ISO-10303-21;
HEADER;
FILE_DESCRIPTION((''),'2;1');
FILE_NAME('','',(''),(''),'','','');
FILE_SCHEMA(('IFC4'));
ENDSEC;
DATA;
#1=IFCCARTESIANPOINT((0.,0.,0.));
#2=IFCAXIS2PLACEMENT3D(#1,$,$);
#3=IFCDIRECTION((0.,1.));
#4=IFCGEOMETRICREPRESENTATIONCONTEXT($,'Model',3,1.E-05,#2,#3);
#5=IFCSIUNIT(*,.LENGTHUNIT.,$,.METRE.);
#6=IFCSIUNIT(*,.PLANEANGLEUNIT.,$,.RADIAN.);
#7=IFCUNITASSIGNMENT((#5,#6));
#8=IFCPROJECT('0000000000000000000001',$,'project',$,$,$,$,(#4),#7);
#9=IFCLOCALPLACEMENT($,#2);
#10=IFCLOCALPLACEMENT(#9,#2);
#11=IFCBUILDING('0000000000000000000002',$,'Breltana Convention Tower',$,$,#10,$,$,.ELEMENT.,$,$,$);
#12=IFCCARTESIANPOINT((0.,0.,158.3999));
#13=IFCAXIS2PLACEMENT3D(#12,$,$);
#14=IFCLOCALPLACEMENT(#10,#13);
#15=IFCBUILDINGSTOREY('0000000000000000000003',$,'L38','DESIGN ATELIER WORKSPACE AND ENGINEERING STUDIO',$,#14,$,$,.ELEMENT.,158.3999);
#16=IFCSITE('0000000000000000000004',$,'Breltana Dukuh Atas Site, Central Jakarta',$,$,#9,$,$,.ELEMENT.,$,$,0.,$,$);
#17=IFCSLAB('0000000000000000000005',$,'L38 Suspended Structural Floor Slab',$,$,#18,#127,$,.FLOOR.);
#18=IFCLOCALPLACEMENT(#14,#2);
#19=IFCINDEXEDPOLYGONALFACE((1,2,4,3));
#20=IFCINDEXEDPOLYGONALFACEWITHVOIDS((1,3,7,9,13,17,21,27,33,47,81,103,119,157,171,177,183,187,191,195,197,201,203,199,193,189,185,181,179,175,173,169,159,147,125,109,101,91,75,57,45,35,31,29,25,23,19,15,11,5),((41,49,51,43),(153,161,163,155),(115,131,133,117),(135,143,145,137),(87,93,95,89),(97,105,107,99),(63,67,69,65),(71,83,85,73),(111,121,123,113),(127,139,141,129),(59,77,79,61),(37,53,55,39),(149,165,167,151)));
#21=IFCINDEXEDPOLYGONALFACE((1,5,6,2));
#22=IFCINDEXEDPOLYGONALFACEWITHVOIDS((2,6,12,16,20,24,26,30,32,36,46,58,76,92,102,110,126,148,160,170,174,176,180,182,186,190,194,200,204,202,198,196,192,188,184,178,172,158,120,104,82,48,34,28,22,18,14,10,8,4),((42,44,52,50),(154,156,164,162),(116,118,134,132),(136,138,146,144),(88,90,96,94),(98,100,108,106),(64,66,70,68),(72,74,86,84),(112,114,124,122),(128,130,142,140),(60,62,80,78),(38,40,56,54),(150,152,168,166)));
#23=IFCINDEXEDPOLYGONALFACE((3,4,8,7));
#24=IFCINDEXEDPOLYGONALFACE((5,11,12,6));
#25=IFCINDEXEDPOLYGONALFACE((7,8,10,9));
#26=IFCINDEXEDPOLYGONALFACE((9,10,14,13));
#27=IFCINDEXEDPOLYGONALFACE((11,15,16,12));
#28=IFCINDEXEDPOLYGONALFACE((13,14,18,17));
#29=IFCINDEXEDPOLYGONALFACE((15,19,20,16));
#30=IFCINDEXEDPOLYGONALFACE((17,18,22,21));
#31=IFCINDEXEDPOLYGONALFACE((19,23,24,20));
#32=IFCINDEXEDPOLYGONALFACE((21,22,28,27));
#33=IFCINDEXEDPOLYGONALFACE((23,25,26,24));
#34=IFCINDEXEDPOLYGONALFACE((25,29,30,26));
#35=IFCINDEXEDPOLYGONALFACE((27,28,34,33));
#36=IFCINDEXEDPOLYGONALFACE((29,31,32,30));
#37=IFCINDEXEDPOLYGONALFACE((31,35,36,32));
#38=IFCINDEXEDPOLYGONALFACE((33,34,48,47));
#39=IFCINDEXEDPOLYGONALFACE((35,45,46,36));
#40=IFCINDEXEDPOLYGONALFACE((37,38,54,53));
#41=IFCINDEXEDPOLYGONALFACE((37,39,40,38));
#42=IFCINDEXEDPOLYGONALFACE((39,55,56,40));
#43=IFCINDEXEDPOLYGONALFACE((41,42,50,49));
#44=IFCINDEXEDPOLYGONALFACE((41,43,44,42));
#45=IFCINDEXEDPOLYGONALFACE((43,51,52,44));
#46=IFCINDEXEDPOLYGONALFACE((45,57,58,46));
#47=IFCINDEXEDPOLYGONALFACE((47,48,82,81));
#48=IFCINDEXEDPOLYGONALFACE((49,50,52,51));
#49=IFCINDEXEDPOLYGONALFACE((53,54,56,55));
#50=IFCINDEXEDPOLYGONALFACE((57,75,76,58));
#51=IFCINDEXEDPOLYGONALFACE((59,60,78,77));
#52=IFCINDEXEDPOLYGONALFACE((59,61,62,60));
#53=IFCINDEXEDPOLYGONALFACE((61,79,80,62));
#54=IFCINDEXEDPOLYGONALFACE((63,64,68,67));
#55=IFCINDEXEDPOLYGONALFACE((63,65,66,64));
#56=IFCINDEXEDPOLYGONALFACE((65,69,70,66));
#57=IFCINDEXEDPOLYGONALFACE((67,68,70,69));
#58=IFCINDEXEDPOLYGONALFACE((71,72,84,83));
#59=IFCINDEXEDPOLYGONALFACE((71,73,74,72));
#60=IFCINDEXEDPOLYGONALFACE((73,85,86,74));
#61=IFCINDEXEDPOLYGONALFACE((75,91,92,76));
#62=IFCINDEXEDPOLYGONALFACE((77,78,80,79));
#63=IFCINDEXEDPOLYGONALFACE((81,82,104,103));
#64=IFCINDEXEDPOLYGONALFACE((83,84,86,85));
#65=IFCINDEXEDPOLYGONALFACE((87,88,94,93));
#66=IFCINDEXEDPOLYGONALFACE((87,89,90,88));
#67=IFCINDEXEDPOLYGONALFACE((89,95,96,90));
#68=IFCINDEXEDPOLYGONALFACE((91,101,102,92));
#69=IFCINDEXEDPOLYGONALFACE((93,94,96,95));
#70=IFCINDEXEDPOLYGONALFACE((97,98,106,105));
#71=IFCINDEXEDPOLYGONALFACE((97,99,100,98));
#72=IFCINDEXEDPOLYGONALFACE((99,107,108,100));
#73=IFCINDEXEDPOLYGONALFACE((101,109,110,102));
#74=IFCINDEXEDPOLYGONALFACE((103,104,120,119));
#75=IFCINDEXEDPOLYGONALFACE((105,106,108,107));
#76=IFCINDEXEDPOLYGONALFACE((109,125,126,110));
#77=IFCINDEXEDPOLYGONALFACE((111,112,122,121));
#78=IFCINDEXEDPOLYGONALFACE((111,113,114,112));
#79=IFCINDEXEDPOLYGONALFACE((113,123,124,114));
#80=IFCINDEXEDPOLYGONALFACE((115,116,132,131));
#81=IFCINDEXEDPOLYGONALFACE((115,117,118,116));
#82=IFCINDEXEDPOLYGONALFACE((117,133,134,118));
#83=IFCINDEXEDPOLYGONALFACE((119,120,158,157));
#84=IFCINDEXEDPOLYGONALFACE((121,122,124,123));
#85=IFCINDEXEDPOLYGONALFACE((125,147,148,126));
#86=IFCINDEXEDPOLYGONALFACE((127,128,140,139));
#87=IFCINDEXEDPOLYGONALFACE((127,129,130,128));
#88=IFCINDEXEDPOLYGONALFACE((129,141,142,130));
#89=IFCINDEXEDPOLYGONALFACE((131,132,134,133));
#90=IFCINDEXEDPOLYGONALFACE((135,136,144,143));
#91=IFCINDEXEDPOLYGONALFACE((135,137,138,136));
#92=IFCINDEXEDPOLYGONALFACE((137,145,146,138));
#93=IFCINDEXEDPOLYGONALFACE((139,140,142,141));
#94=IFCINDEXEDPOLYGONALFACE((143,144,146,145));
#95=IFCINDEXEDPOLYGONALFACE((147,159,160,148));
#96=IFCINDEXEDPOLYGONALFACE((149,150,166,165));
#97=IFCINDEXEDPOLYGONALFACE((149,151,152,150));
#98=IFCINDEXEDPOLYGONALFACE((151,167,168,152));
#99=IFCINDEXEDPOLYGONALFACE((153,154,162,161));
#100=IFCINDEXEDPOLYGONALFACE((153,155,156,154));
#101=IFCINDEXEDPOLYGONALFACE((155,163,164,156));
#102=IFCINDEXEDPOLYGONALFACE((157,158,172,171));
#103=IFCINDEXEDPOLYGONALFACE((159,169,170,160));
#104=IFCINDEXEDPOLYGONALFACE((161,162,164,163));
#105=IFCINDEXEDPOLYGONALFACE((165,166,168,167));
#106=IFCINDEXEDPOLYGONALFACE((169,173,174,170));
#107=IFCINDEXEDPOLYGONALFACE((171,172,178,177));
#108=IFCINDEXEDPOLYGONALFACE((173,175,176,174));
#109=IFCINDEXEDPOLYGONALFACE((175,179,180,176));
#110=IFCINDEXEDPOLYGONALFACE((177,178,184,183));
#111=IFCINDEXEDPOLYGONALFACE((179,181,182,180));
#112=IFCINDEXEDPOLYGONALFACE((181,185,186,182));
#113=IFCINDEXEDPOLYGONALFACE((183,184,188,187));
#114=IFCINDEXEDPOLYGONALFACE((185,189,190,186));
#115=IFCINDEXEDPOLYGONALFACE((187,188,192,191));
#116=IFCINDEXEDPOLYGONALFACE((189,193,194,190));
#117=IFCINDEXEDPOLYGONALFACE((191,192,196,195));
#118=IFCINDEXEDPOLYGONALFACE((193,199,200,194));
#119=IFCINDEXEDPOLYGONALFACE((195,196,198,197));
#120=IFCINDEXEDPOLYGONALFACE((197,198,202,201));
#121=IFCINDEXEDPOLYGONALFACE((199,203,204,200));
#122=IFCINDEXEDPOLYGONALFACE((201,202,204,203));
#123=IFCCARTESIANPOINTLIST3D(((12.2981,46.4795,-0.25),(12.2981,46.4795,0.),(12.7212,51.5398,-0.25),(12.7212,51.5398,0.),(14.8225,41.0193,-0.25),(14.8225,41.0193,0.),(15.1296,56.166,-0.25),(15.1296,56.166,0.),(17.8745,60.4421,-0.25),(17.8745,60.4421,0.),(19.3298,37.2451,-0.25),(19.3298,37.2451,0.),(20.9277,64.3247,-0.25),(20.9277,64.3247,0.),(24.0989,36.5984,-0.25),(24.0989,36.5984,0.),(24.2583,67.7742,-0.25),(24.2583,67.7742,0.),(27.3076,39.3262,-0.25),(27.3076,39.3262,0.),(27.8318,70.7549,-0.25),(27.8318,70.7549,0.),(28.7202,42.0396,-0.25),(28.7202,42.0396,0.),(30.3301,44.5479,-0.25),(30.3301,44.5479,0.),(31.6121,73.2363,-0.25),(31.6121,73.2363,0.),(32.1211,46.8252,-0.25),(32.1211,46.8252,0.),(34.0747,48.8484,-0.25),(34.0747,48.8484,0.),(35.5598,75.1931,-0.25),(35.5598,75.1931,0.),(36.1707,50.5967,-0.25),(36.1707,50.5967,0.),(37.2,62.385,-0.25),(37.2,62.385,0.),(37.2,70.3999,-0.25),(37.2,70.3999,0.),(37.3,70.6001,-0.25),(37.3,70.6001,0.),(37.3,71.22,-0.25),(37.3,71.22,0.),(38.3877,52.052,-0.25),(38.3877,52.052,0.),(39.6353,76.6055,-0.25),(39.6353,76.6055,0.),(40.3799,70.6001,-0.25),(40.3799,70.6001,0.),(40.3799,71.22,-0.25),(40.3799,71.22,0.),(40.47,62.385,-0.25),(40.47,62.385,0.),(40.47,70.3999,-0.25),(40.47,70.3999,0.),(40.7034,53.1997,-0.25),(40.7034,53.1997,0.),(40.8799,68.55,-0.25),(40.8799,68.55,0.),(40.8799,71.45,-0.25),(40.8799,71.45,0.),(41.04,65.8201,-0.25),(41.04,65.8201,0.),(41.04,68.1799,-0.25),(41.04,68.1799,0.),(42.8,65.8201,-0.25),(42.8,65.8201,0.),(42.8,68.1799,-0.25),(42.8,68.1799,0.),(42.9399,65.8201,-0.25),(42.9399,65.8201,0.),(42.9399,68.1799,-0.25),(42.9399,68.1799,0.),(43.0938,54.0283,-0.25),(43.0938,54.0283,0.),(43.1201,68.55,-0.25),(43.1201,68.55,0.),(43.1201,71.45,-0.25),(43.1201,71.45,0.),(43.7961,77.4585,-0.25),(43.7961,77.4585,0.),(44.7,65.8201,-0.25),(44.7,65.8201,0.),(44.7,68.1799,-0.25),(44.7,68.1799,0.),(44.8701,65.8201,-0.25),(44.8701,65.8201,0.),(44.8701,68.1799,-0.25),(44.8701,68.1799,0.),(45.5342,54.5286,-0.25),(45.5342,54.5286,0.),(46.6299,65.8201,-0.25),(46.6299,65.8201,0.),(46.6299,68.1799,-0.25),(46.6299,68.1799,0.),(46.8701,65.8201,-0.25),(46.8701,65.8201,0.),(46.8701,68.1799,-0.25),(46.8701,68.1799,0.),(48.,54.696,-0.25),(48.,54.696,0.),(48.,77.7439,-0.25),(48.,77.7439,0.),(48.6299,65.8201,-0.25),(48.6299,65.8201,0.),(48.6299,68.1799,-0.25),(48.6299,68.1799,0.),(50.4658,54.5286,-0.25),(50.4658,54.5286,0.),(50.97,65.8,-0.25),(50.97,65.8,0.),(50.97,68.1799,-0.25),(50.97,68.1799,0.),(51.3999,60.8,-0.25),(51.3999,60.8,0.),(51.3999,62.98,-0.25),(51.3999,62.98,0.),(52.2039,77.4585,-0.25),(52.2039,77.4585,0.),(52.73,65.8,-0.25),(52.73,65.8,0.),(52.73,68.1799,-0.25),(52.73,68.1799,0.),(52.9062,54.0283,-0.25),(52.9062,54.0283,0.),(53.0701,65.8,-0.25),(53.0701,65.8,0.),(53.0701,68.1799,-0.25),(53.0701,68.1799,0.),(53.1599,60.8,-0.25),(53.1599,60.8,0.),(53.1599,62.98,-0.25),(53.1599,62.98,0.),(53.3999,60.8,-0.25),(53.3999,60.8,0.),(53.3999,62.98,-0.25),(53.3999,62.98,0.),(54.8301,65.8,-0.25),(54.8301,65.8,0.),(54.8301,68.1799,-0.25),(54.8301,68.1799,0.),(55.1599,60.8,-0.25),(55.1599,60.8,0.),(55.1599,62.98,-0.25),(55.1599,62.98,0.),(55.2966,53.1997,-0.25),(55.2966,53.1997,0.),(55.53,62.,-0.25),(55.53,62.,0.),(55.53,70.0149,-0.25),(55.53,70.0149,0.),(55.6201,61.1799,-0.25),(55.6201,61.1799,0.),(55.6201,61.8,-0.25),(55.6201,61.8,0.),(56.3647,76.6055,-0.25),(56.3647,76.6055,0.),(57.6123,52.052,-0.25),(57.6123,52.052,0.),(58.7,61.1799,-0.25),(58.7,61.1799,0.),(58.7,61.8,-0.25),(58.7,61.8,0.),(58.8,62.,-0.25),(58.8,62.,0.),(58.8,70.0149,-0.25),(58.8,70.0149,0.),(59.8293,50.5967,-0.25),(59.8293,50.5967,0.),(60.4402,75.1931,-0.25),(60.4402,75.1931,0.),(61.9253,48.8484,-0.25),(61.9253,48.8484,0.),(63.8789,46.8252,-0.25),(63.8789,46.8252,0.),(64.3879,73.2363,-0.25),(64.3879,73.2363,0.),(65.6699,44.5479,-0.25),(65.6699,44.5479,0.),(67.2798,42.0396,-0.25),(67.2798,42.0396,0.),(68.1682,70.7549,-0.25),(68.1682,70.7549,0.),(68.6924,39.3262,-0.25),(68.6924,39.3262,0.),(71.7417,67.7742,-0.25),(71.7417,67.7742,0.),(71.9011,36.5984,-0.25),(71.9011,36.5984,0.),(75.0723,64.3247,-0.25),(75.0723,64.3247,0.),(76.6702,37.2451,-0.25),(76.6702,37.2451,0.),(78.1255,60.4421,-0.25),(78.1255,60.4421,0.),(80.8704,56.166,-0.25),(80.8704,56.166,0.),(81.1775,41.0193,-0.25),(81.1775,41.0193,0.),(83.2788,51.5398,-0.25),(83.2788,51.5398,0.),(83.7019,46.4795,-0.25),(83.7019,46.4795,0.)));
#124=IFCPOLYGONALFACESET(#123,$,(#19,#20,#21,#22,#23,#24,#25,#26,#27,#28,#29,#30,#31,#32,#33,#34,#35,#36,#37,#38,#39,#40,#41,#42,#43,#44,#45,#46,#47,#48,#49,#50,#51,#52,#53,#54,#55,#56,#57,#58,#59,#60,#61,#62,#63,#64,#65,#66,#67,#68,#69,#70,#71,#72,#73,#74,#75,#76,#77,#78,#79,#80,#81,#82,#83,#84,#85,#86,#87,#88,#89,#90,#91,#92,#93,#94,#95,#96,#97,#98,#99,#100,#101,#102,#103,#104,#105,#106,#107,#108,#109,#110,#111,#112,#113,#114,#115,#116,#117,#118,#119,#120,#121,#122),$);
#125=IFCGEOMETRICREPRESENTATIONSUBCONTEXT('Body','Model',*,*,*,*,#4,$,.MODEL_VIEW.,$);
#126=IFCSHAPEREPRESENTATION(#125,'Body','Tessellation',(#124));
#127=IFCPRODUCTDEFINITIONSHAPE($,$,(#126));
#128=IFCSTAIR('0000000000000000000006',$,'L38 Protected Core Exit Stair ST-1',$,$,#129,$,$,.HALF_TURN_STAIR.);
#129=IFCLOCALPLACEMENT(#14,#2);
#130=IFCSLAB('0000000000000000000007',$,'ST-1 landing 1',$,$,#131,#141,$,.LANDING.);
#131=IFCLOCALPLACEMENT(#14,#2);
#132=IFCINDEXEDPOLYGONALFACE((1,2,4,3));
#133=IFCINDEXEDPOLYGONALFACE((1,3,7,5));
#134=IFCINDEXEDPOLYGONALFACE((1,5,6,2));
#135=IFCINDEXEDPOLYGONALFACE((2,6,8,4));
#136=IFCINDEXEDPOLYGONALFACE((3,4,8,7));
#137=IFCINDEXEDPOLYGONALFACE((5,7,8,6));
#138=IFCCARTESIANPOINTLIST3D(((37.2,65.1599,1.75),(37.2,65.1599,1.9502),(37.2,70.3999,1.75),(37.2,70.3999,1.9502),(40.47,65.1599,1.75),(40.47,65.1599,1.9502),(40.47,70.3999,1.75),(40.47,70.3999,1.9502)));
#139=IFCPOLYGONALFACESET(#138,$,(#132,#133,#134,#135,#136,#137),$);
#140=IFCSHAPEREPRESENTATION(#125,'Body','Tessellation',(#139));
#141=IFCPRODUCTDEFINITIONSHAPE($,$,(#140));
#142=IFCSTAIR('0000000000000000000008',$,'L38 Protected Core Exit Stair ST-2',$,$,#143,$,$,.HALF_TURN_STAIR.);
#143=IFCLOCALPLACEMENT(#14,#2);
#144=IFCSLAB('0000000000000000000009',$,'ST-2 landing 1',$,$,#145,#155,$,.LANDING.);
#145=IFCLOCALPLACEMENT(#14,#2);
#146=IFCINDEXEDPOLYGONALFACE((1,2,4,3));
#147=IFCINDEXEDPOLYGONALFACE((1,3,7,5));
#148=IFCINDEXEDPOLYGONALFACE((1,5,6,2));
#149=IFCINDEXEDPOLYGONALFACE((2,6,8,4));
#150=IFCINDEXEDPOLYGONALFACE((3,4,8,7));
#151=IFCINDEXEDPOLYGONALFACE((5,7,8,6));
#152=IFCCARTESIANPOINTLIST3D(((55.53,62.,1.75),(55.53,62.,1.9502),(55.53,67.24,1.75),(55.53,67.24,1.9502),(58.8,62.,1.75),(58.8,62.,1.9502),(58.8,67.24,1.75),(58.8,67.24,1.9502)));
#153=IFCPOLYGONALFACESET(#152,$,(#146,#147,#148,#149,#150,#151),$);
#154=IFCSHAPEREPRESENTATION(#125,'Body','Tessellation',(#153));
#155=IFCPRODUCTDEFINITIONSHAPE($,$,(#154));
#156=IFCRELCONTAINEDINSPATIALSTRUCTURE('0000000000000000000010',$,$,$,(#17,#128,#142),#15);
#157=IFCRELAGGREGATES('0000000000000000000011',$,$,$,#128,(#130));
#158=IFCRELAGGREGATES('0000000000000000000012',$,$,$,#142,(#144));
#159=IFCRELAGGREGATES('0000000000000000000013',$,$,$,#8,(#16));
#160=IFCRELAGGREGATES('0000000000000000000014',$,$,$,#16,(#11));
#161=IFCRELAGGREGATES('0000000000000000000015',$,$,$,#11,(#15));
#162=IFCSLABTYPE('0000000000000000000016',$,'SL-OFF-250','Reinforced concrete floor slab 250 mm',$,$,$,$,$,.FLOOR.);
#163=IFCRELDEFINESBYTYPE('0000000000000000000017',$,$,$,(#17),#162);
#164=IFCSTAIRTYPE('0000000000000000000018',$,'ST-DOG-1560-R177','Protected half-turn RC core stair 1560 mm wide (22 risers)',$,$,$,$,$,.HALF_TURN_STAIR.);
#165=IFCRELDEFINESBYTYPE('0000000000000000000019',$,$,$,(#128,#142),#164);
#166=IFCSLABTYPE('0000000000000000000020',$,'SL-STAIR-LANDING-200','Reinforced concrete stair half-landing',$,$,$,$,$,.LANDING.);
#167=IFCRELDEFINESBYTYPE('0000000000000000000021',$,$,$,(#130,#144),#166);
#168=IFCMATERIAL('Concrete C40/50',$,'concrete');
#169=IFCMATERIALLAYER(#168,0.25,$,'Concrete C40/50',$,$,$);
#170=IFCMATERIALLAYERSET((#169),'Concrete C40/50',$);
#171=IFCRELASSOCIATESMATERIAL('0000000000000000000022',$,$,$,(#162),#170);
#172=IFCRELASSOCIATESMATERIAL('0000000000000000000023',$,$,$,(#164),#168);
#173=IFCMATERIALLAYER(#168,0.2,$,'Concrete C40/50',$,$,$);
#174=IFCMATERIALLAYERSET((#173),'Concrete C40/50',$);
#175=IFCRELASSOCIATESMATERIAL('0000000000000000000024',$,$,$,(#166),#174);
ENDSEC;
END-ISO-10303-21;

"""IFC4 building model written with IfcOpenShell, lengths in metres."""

from ifc_helpers import new_model, si_unit, direction, frame, origin, place, context, subcontext, project, spatial, polyline, outline, extrude, material, layer, layer_set, type_object, element, aggregate, save


model = new_model("IFC4")

# Units and contexts
model_context = context("Model", 3, precision=1e-05, world=origin(), true_north=direction((0.0, 1.0)))
body_context = subcontext(model_context, "Body", "Model", "MODEL_VIEW")
ifc_project = project(units=[si_unit("LENGTHUNIT", "METRE"), si_unit("PLANEANGLEUNIT", "RADIAN")], contexts=[model_context])

# Site, building, storey
site_placement = place(None, origin())
site = spatial("IfcSite", under=ifc_project, at=site_placement, Name="Breltana Dukuh Atas Site, Central Jakarta", CompositionType="ELEMENT", RefElevation=0.0)
building_placement = place(site_placement, origin())
building = spatial("IfcBuilding", under=site, at=building_placement, Name="Breltana Convention Tower", CompositionType="ELEMENT")
storey_placement = place(building_placement, frame((0.0, 0.0, 158.3999)))
storey = spatial("IfcBuildingStorey", under=building, at=storey_placement, Name="L38", Description="DESIGN ATELIER WORKSPACE AND ENGINEERING STUDIO", CompositionType="ELEMENT", Elevation=158.3999)

# Slab
ifc_material_1 = material(Name="Concrete C40/50", Category="concrete")
ifc_layer_1 = layer(ifc_material_1, 0.25, Name="Concrete C40/50")
ifc_layer_set_1 = layer_set([ifc_layer_1], Name="Concrete C40/50")
slab_type_1 = type_object("IfcSlabType", Name="SL-OFF-250", Description="Reinforced concrete floor slab 250 mm", PredefinedType="FLOOR", material=ifc_layer_set_1)
slab_1_placement = place(storey_placement, frame((0.0, 0.0, -0.25)))
element("IfcSlab", 1, at=slab_1_placement, inside=storey, type_object=slab_type_1, Name="L38 Suspended Structural Floor Slab", PredefinedType="FLOOR", context=body_context, shape_type="SweptSolid", body=[
    extrude(outline(polyline([(83.2788, 51.5398), (80.8704, 56.166), (78.1255, 60.4421), (75.0723, 64.3247), (71.7417, 67.7742), (68.1682, 70.7549), (64.3879, 73.2363), (60.4402, 75.1931), (56.3647, 76.6055), (52.2039, 77.4585), (48.0, 77.7439), (43.7961, 77.4585), (39.6353, 76.6055), (35.5598, 75.1931), (31.6121, 73.2363), (27.8318, 70.7549), (24.2583, 67.7742), (20.9277, 64.3247), (17.8745, 60.4421), (15.1296, 56.166), (12.7212, 51.5398), (12.2981, 46.4795), (14.8225, 41.0193), (19.3298, 37.2451), (24.0989, 36.5984), (27.3076, 39.3262), (28.7202, 42.0396), (30.3301, 44.5479), (32.1211, 46.8252), (34.0747, 48.8484), (36.1707, 50.5967), (38.3877, 52.052), (40.7034, 53.1997), (43.0938, 54.0283), (45.5342, 54.5286), (48.0, 54.696), (50.4658, 54.5286), (52.9062, 54.0283), (55.2966, 53.1997), (57.6123, 52.052), (59.8293, 50.5967), (61.9253, 48.8484), (63.8789, 46.8252), (65.6699, 44.5479), (67.2798, 42.0396), (68.6924, 39.3262), (71.9011, 36.5984), (76.6702, 37.2451), (81.1775, 41.0193), (83.7019, 46.4795), (83.2788, 51.5398)]), holes=[polyline([(37.2, 62.385), (40.47, 62.385), (40.47, 70.3999), (37.2, 70.3999), (37.2, 62.385)]), polyline([(55.53, 62.0), (58.8, 62.0), (58.8, 70.0149), (55.53, 70.0149), (55.53, 62.0)]), polyline([(51.3999, 60.8), (53.1599, 60.8), (53.1599, 62.98), (51.3999, 62.98), (51.3999, 60.8)]), polyline([(53.3999, 60.8), (55.1599, 60.8), (55.1599, 62.98), (53.3999, 62.98), (53.3999, 60.8)]), polyline([(41.04, 65.8201), (42.8, 65.8201), (42.8, 68.1799), (41.04, 68.1799), (41.04, 65.8201)]), polyline([(42.9399, 65.8201), (44.7, 65.8201), (44.7, 68.1799), (42.9399, 68.1799), (42.9399, 65.8201)]), polyline([(44.8701, 65.8201), (46.6299, 65.8201), (46.6299, 68.1799), (44.8701, 68.1799), (44.8701, 65.8201)]), polyline([(46.8701, 65.8201), (48.6299, 65.8201), (48.6299, 68.1799), (46.8701, 68.1799), (46.8701, 65.8201)]), polyline([(50.97, 65.8), (52.73, 65.8), (52.73, 68.1799), (50.97, 68.1799), (50.97, 65.8)]), polyline([(53.0701, 65.8), (54.8301, 65.8), (54.8301, 68.1799), (53.0701, 68.1799), (53.0701, 65.8)]), polyline([(40.8799, 68.55), (43.1201, 68.55), (43.1201, 71.45), (40.8799, 71.45), (40.8799, 68.55)]), polyline([(37.3, 70.6001), (40.3799, 70.6001), (40.3799, 71.22), (37.3, 71.22), (37.3, 70.6001)]), polyline([(55.6201, 61.1799), (58.7, 61.1799), (58.7, 61.8), (55.6201, 61.8), (55.6201, 61.1799)])]), origin(), (0.0, 0.0, 1.0), 0.25),
])

# Stairs, slabs
stair_type = type_object("IfcStairType", Name="ST-DOG-1560-R177", Description="Protected half-turn RC core stair 1560 mm wide (22 risers)", PredefinedType="HALF_TURN_STAIR", material=ifc_material_1)
stair_1_placement = place(storey_placement, origin())
stair_1 = element("IfcStair", 2, at=stair_1_placement, inside=storey, type_object=stair_type, Name="L38 Protected Core Exit Stair ST-1", PredefinedType="HALF_TURN_STAIR")
ifc_layer_2 = layer(ifc_material_1, 0.2, Name="Concrete C40/50")
ifc_layer_set_2 = layer_set([ifc_layer_2], Name="Concrete C40/50")
slab_type_2 = type_object("IfcSlabType", Name="SL-STAIR-LANDING-200", Description="Reinforced concrete stair half-landing", PredefinedType="LANDING", material=ifc_layer_set_2)
slab_2_placement = place(storey_placement, frame((0.0, 0.0, 1.75)))
slab_2 = element("IfcSlab", 3, at=slab_2_placement, type_object=slab_type_2, Name="ST-1 landing 1", PredefinedType="LANDING", context=body_context, shape_type="SweptSolid", body=[
    extrude(outline(polyline([(40.47, 65.1599), (40.47, 70.3999), (37.2, 70.3999), (37.2, 65.1599), (40.47, 65.1599)])), origin(), (0.0, 0.0, 1.0), 0.2002),
])
aggregate(stair_1, [slab_2])
stair_2_placement = place(storey_placement, origin())
stair_2 = element("IfcStair", 4, at=stair_2_placement, inside=storey, type_object=stair_type, Name="L38 Protected Core Exit Stair ST-2", PredefinedType="HALF_TURN_STAIR")
slab_3_placement = place(storey_placement, frame((0.0, 0.0, 1.75)))
slab_3 = element("IfcSlab", 5, at=slab_3_placement, type_object=slab_type_2, Name="ST-2 landing 1", PredefinedType="LANDING", context=body_context, shape_type="SweptSolid", body=[
    extrude(outline(polyline([(55.53, 67.24), (55.53, 62.0), (58.8, 62.0), (58.8, 67.24), (55.53, 67.24)])), origin(), (0.0, 0.0, 1.0), 0.2002),
])
aggregate(stair_2, [slab_3])

save(model, "model.ifc")
